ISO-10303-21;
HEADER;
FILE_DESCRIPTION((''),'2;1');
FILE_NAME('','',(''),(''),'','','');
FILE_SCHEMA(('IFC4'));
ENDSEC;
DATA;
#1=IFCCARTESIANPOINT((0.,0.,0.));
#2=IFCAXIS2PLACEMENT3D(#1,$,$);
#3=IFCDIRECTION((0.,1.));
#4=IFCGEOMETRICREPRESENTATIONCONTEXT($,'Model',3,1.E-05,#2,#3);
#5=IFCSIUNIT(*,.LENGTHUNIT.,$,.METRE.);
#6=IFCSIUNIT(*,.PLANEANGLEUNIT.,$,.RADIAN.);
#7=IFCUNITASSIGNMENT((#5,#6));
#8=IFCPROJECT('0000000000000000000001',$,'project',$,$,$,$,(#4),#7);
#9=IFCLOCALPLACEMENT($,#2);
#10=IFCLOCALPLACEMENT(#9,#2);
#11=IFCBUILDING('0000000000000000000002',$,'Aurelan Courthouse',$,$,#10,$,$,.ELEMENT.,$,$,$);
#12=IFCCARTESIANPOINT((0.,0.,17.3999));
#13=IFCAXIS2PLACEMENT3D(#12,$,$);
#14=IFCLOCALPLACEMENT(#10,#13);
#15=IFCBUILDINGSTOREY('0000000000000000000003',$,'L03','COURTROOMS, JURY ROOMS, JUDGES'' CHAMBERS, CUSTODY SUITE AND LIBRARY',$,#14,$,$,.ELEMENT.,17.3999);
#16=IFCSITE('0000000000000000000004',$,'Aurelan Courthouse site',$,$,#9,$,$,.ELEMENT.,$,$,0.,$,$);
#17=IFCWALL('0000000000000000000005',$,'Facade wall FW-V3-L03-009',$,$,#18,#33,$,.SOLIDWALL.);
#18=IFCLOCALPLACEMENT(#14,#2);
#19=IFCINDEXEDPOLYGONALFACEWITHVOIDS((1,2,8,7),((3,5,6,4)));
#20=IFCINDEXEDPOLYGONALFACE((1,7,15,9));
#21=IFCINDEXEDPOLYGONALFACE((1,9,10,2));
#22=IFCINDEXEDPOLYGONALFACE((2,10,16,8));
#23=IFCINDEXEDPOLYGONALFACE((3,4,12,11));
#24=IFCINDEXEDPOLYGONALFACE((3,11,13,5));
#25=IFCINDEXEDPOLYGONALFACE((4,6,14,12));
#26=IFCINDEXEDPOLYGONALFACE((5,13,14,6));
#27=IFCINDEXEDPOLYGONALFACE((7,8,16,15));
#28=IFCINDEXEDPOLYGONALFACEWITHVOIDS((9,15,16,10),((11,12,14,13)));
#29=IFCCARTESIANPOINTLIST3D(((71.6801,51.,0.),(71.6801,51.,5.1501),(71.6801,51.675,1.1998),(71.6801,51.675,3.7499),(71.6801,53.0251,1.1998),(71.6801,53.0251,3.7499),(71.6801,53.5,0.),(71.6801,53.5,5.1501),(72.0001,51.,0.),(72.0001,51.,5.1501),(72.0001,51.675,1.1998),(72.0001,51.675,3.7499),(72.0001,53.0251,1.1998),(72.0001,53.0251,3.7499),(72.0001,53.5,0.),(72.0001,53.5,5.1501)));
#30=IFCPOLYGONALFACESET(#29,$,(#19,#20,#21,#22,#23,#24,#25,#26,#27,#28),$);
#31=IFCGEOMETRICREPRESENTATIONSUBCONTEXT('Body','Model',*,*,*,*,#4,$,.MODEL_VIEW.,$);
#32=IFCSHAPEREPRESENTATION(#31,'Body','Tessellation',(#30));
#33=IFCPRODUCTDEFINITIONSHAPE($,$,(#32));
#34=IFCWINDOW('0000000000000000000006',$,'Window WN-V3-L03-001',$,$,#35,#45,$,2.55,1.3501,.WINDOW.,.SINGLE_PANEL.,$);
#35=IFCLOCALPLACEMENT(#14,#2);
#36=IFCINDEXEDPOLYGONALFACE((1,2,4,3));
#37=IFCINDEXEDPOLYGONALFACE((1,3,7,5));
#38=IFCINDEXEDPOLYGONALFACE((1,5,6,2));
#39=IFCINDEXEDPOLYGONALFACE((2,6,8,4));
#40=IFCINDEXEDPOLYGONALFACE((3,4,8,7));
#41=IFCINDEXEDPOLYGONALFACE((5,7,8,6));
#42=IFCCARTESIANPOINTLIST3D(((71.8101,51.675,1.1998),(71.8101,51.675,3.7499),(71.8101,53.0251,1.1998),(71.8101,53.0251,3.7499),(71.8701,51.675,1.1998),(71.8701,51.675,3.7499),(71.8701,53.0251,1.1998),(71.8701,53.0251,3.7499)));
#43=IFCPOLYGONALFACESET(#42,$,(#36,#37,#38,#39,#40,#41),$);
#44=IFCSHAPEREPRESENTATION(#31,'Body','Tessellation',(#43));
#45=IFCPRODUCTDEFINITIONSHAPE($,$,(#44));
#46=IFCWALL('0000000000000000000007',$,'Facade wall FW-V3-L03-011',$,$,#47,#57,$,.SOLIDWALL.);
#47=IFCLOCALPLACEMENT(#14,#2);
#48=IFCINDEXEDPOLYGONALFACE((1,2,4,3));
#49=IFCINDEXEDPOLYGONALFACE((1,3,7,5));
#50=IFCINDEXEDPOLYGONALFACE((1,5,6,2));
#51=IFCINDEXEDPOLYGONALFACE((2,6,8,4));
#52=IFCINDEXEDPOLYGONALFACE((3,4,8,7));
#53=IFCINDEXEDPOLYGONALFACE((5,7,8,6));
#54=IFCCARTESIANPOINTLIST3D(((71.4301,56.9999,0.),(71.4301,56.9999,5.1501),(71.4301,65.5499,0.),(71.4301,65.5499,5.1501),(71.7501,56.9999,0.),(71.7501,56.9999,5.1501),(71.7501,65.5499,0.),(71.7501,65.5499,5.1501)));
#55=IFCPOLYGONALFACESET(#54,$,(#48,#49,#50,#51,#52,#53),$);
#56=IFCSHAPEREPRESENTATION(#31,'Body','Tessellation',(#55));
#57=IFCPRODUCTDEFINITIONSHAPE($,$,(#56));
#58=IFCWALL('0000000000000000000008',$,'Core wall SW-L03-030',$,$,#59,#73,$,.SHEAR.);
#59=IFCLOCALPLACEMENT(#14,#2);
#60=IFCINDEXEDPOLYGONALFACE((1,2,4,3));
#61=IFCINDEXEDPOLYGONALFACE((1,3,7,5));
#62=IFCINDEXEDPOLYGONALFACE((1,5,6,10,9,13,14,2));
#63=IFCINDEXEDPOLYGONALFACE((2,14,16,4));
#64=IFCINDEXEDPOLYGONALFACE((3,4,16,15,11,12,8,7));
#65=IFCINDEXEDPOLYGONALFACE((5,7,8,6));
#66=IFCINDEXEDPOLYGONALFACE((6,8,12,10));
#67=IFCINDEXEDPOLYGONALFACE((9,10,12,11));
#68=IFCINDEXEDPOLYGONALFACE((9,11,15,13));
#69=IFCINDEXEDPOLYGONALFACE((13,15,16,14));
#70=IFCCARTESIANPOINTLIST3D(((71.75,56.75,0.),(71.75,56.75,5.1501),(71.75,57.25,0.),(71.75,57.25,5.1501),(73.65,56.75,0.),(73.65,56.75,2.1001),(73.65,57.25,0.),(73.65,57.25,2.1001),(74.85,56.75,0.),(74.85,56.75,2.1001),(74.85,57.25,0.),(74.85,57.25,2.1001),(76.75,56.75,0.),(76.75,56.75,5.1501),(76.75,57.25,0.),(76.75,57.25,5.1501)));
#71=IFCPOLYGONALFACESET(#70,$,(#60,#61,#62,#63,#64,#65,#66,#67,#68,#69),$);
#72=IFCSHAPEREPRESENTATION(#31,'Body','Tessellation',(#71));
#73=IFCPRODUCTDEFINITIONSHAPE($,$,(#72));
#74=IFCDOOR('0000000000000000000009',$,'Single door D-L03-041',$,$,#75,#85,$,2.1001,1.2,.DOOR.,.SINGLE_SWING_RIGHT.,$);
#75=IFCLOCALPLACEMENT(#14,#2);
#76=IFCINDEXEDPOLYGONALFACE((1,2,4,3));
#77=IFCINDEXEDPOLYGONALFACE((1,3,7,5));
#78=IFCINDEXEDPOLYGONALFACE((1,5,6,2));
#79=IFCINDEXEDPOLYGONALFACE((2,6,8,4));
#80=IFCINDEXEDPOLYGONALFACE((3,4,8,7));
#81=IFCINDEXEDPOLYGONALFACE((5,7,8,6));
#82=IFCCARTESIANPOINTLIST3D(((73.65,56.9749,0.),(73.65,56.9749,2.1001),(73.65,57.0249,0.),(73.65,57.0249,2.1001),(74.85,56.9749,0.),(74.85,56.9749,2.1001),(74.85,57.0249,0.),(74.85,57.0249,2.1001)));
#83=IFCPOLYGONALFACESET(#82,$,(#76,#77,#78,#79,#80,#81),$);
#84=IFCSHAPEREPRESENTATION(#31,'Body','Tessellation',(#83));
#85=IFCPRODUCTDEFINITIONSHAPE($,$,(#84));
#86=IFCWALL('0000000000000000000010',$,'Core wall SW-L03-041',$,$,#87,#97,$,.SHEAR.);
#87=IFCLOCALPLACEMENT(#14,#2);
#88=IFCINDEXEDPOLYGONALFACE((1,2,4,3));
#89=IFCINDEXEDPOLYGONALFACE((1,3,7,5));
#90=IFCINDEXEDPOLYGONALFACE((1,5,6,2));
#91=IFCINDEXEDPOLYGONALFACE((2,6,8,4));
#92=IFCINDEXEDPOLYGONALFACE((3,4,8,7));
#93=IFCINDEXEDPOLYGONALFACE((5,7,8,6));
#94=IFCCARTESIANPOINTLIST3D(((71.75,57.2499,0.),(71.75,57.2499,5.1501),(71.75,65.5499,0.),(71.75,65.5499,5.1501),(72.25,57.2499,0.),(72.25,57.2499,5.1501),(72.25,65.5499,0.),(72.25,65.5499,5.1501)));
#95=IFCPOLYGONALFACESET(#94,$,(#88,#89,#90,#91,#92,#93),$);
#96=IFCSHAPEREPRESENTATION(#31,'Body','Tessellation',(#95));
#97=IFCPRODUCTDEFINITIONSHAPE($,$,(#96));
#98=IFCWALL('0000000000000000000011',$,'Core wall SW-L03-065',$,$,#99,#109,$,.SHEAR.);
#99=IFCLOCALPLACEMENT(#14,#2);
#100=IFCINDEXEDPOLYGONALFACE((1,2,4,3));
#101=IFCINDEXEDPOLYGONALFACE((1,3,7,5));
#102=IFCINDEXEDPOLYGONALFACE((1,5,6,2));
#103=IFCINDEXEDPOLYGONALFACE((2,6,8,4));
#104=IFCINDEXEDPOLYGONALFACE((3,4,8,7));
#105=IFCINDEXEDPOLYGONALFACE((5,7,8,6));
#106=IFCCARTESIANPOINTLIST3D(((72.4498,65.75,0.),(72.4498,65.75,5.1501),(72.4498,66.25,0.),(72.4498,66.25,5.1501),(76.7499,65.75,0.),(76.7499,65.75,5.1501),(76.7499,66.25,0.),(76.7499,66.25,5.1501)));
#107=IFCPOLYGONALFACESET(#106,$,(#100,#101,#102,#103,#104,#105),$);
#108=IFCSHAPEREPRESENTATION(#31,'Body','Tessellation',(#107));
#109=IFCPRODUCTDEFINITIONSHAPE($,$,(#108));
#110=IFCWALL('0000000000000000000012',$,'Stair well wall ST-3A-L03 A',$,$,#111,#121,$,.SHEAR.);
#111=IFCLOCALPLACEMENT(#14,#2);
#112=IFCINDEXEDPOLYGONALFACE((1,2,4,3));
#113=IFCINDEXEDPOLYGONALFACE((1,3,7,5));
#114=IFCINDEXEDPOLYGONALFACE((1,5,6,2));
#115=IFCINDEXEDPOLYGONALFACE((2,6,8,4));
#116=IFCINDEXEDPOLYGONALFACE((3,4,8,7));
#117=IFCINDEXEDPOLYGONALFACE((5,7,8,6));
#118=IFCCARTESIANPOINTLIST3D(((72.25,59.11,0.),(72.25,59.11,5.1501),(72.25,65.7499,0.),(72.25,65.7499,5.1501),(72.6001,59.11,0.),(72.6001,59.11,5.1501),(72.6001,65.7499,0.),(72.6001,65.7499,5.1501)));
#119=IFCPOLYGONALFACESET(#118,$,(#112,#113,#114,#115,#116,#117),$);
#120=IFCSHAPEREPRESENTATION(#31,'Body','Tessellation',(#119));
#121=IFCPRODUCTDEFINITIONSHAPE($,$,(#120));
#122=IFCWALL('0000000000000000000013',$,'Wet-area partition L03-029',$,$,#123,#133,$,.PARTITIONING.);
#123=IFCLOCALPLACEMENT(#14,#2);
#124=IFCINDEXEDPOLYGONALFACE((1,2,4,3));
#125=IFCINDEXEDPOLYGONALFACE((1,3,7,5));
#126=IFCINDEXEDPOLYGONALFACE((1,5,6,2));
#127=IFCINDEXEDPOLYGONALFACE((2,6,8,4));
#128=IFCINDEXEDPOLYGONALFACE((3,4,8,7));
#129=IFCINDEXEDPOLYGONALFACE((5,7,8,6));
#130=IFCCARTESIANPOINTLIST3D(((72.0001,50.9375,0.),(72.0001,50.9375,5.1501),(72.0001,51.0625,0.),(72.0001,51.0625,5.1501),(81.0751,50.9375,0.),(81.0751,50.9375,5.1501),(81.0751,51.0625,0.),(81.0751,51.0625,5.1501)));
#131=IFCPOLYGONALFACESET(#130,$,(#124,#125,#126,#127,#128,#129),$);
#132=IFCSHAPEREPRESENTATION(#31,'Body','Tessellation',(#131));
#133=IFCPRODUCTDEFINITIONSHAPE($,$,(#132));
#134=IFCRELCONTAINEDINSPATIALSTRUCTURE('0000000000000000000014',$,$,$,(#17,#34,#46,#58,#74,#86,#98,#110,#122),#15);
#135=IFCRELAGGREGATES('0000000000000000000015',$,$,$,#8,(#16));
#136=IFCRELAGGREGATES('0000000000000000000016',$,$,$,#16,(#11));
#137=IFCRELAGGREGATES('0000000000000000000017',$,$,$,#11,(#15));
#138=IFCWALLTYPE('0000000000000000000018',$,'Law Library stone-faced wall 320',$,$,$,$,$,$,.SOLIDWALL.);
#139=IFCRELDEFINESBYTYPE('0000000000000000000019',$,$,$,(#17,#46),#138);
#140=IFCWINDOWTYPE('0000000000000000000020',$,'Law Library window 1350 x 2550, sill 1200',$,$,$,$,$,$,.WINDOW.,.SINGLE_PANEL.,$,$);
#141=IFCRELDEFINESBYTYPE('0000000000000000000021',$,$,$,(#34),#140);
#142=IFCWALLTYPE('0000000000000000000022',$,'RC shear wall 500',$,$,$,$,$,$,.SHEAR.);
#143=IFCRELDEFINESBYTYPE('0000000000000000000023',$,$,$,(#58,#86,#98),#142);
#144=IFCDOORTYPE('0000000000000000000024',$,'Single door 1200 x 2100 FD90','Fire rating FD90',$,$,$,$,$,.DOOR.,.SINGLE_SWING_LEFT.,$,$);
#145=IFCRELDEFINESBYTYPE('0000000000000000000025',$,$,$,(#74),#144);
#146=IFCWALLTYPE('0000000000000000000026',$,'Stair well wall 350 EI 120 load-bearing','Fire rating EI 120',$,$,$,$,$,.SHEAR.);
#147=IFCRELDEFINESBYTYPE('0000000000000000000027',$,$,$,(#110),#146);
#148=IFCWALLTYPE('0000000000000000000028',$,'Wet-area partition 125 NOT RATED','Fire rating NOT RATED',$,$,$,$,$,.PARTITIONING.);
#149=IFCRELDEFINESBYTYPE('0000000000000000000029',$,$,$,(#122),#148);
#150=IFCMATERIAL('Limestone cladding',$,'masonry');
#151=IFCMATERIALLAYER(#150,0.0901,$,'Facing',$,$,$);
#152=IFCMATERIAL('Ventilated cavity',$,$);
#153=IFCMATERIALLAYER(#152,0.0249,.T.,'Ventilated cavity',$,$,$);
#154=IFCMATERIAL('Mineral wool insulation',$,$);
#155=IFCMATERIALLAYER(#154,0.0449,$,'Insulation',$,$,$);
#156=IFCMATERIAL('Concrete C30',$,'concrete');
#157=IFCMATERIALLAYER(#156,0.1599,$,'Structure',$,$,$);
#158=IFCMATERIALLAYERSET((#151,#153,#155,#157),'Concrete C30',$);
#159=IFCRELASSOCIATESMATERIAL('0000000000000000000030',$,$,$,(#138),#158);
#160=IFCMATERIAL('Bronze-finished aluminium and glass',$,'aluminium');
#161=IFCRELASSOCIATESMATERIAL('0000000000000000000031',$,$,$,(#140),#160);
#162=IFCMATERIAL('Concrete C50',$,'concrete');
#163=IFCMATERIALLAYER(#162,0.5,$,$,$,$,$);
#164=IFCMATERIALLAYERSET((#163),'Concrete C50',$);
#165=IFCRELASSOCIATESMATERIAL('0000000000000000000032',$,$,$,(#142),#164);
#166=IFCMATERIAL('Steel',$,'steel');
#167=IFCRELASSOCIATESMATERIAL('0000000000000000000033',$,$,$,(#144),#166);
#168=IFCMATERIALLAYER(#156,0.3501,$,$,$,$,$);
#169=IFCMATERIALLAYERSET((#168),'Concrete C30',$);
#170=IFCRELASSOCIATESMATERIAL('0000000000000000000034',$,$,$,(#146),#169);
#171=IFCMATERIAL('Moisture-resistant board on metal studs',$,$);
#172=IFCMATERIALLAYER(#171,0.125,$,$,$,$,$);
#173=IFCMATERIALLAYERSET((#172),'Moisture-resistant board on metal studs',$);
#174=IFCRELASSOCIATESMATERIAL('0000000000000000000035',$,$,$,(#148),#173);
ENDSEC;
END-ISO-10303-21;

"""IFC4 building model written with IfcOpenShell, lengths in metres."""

from ifc_helpers import new_model, si_unit, direction, frame, frame_2d, origin, place, context, subcontext, project, spatial, rectangle, extrude, material, layer, layer_set, type_object, element, fill, save


model = new_model("IFC4")

# Units and contexts
model_context = context("Model", 3, precision=1e-05, world=origin(), true_north=direction((0.0, 1.0)))
body_context = subcontext(model_context, "Body", "Model", "MODEL_VIEW")
ifc_project = project(units=[si_unit("LENGTHUNIT", "METRE"), si_unit("PLANEANGLEUNIT", "RADIAN")], contexts=[model_context])

# Site, building, storey
site_placement = place(None, origin())
site = spatial("IfcSite", under=ifc_project, at=site_placement, Name="Aurelan Courthouse site", CompositionType="ELEMENT", RefElevation=0.0)
building_placement = place(site_placement, origin())
building = spatial("IfcBuilding", under=site, at=building_placement, Name="Aurelan Courthouse", CompositionType="ELEMENT")
storey_placement = place(building_placement, frame((0.0, 0.0, 17.3999)))
storey = spatial("IfcBuildingStorey", under=building, at=storey_placement, Name="L03", Description="COURTROOMS, JURY ROOMS, JUDGES' CHAMBERS, CUSTODY SUITE AND LIBRARY", CompositionType="ELEMENT", Elevation=17.3999)

# Shared definitions
ifc_material_1 = material(Name="Concrete C50", Category="concrete")

# Shared definitions
ifc_material_2 = material(Name="Steel", Category="steel")

# Shared definitions
ifc_material_3 = material(Name="Limestone cladding", Category="masonry")
ifc_material_4 = material(Name="Ventilated cavity")
ifc_material_5 = material(Name="Mineral wool insulation")
ifc_material_6 = material(Name="Concrete C30", Category="concrete")

# Wall, opening, window
ifc_layer_1 = layer(ifc_material_3, 0.0901, Name="Facing")
ifc_layer_2 = layer(ifc_material_4, 0.0249, ventilated=True, Name="Ventilated cavity")
ifc_layer_3 = layer(ifc_material_5, 0.0449, Name="Insulation")
ifc_layer_4 = layer(ifc_material_6, 0.1599, Name="Structure")
ifc_layer_set_1 = layer_set([ifc_layer_1, ifc_layer_2, ifc_layer_3, ifc_layer_4], Name="Concrete C30")
wall_type_1 = type_object("IfcWallType", Name="Law Library stone-faced wall 320", PredefinedType="SOLIDWALL", material=ifc_layer_set_1)
wall_1_placement = place(storey_placement, frame((71.8401, 51.0, 0.0), z_axis=(0.0, 0.0, 1.0), x_axis=(0.0, 1.0, 0.0)))
wall_1 = element("IfcWall", 1, at=wall_1_placement, inside=storey, type_object=wall_type_1, Name="Facade wall FW-V3-L03-009", PredefinedType="SOLIDWALL", context=body_context, shape_type="SweptSolid", body=[
    extrude(rectangle(XDim=2.5, YDim=0.3201, at=frame_2d((1.25, 0.0))), origin(), (0.0, 0.0, 1.0), 5.1501),
])
opening_1_placement = place(wall_1_placement, frame((0.675, 0.0, 1.2)))
opening_1 = element("IfcOpeningElement", 2, at=opening_1_placement, cuts=wall_1, PredefinedType="OPENING", context=body_context, shape_type="SweptSolid", body=[
    extrude(rectangle(XDim=1.3501, YDim=2.55, at=frame_2d((0.675, 1.2749))), frame((0.0, 0.1699, 0.0), z_axis=(0.0, -1.0, 0.0), x_axis=(1.0, 0.0, 0.0)), (0.0, 0.0, 1.0), 0.3401),
])
ifc_material_7 = material(Name="Bronze-finished aluminium and glass", Category="aluminium")
window_type = type_object("IfcWindowType", Name="Law Library window 1350 x 2550, sill 1200", PartitioningType="SINGLE_PANEL", PredefinedType="WINDOW", material=ifc_material_7)
window_placement = place(opening_1_placement, origin())
window = element("IfcWindow", 3, at=window_placement, inside=storey, type_object=window_type, Name="Window WN-V3-L03-001", OverallHeight=2.55, OverallWidth=1.3501, PartitioningType="SINGLE_PANEL", PredefinedType="WINDOW", context=body_context, shape_type="SweptSolid", body=[
    extrude(rectangle(XDim=1.3501, YDim=2.55, at=frame_2d((0.675, 1.2749))), frame((0.0, 0.03, 0.0), z_axis=(0.0, -1.0, 0.0), x_axis=(1.0, 0.0, 0.0)), (0.0, 0.0, 1.0), 0.0601),
])
fill(opening_1, window)

# Wall
wall_2_placement = place(storey_placement, frame((71.5901, 57.0, 0.0), z_axis=(0.0, 0.0, 1.0), x_axis=(0.0, 1.0, 0.0)))
element("IfcWall", 4, at=wall_2_placement, inside=storey, type_object=wall_type_1, Name="Facade wall FW-V3-L03-011", PredefinedType="SOLIDWALL", context=body_context, shape_type="SweptSolid", body=[
    extrude(rectangle(XDim=8.55, YDim=0.3201, at=frame_2d((4.2749, 0.0))), origin(), (0.0, 0.0, 1.0), 5.1501),
])

# Wall, opening, door
ifc_layer_5 = layer(ifc_material_1, 0.5)
ifc_layer_set_2 = layer_set([ifc_layer_5], Name="Concrete C50")
wall_type_2 = type_object("IfcWallType", Name="RC shear wall 500", PredefinedType="SHEAR", material=ifc_layer_set_2)
wall_3_placement = place(storey_placement, frame((71.75, 57.0, 0.0), z_axis=(0.0, 0.0, 1.0), x_axis=(1.0, 0.0, 0.0)))
wall_3 = element("IfcWall", 5, at=wall_3_placement, inside=storey, type_object=wall_type_2, Name="Core wall SW-L03-030", PredefinedType="SHEAR", context=body_context, shape_type="SweptSolid", body=[
    extrude(rectangle(XDim=5.0, YDim=0.5, at=frame_2d((2.5, 0.0))), origin(), (0.0, 0.0, 1.0), 5.1501),
])
opening_2_placement = place(wall_3_placement, frame((1.8999, 0.0, 0.0)))
opening_2 = element("IfcOpeningElement", 6, at=opening_2_placement, cuts=wall_3, PredefinedType="OPENING", context=body_context, shape_type="SweptSolid", body=[
    extrude(rectangle(XDim=1.2, YDim=2.1001, at=frame_2d((0.6001, 1.05))), frame((0.0, 0.26, 0.0), z_axis=(0.0, -1.0, 0.0), x_axis=(1.0, 0.0, 0.0)), (0.0, 0.0, 1.0), 0.52),
])
door_type_1 = type_object("IfcDoorType", Name="Single door 1200 x 2100 FD90", Description="Fire rating FD90", OperationType="SINGLE_SWING_LEFT", PredefinedType="DOOR", material=ifc_material_2)
door_1_placement = place(opening_2_placement, origin())
door_1 = element("IfcDoor", 7, at=door_1_placement, inside=storey, type_object=door_type_1, Name="Single door D-L03-041", OperationType="SINGLE_SWING_RIGHT", OverallHeight=2.1001, OverallWidth=1.2, PredefinedType="DOOR", context=body_context, shape_type="SweptSolid", body=[
    extrude(rectangle(XDim=1.2, YDim=2.1001, at=frame_2d((0.6001, 1.05))), frame((0.0, 0.0249, 0.0), z_axis=(0.0, -1.0, 0.0), x_axis=(1.0, 0.0, 0.0)), (0.0, 0.0, 1.0), 0.05),
])
fill(opening_2, door_1)

# Walls
wall_4_placement = place(storey_placement, frame((72.0, 57.25, 0.0), z_axis=(0.0, 0.0, 1.0), x_axis=(0.0, 1.0, 0.0)))
element("IfcWall", 8, at=wall_4_placement, inside=storey, type_object=wall_type_2, Name="Core wall SW-L03-041", PredefinedType="SHEAR", context=body_context, shape_type="SweptSolid", body=[
    extrude(rectangle(XDim=8.3, YDim=0.5, at=frame_2d((4.1499, 0.0))), origin(), (0.0, 0.0, 1.0), 5.1501),
])
wall_5_placement = place(storey_placement, frame((72.45, 66.0, 0.0), z_axis=(0.0, 0.0, 1.0), x_axis=(1.0, 0.0, 0.0)))
element("IfcWall", 9, at=wall_5_placement, inside=storey, type_object=wall_type_2, Name="Core wall SW-L03-065", PredefinedType="SHEAR", context=body_context, shape_type="SweptSolid", body=[
    extrude(rectangle(XDim=4.3, YDim=0.5, at=frame_2d((2.1499, 0.0))), origin(), (0.0, 0.0, 1.0), 5.1501),
])
ifc_layer_6 = layer(ifc_material_6, 0.3501)
ifc_layer_set_3 = layer_set([ifc_layer_6], Name="Concrete C30")
wall_type_3 = type_object("IfcWallType", Name="Stair well wall 350 EI 120 load-bearing", Description="Fire rating EI 120", PredefinedType="SHEAR", material=ifc_layer_set_3)
wall_6_placement = place(storey_placement, frame((72.425, 59.1101, 0.0), z_axis=(0.0, 0.0, 1.0), x_axis=(0.0, 1.0, 0.0)))
element("IfcWall", 10, at=wall_6_placement, inside=storey, type_object=wall_type_3, Name="Stair well wall ST-3A-L03 A", PredefinedType="SHEAR", context=body_context, shape_type="SweptSolid", body=[
    extrude(rectangle(XDim=6.6399, YDim=0.3501, at=frame_2d((3.3198, 0.0))), origin(), (0.0, 0.0, 1.0), 5.1501),
])
ifc_material_8 = material(Name="Moisture-resistant board on metal studs")
ifc_layer_7 = layer(ifc_material_8, 0.125)
ifc_layer_set_4 = layer_set([ifc_layer_7], Name="Moisture-resistant board on metal studs")
wall_type_4 = type_object("IfcWallType", Name="Wet-area partition 125 NOT RATED", Description="Fire rating NOT RATED", PredefinedType="PARTITIONING", material=ifc_layer_set_4)
wall_7_placement = place(storey_placement, frame((72.0, 51.0, 0.0), z_axis=(0.0, 0.0, 1.0), x_axis=(1.0, 0.0, 0.0)))
element("IfcWall", 11, at=wall_7_placement, inside=storey, type_object=wall_type_4, Name="Wet-area partition L03-029", PredefinedType="PARTITIONING", context=body_context, shape_type="SweptSolid", body=[
    extrude(rectangle(XDim=9.075, YDim=0.125, at=frame_2d((4.5376, 0.0))), origin(), (0.0, 0.0, 1.0), 5.1501),
])

save(model, "model.ifc")
